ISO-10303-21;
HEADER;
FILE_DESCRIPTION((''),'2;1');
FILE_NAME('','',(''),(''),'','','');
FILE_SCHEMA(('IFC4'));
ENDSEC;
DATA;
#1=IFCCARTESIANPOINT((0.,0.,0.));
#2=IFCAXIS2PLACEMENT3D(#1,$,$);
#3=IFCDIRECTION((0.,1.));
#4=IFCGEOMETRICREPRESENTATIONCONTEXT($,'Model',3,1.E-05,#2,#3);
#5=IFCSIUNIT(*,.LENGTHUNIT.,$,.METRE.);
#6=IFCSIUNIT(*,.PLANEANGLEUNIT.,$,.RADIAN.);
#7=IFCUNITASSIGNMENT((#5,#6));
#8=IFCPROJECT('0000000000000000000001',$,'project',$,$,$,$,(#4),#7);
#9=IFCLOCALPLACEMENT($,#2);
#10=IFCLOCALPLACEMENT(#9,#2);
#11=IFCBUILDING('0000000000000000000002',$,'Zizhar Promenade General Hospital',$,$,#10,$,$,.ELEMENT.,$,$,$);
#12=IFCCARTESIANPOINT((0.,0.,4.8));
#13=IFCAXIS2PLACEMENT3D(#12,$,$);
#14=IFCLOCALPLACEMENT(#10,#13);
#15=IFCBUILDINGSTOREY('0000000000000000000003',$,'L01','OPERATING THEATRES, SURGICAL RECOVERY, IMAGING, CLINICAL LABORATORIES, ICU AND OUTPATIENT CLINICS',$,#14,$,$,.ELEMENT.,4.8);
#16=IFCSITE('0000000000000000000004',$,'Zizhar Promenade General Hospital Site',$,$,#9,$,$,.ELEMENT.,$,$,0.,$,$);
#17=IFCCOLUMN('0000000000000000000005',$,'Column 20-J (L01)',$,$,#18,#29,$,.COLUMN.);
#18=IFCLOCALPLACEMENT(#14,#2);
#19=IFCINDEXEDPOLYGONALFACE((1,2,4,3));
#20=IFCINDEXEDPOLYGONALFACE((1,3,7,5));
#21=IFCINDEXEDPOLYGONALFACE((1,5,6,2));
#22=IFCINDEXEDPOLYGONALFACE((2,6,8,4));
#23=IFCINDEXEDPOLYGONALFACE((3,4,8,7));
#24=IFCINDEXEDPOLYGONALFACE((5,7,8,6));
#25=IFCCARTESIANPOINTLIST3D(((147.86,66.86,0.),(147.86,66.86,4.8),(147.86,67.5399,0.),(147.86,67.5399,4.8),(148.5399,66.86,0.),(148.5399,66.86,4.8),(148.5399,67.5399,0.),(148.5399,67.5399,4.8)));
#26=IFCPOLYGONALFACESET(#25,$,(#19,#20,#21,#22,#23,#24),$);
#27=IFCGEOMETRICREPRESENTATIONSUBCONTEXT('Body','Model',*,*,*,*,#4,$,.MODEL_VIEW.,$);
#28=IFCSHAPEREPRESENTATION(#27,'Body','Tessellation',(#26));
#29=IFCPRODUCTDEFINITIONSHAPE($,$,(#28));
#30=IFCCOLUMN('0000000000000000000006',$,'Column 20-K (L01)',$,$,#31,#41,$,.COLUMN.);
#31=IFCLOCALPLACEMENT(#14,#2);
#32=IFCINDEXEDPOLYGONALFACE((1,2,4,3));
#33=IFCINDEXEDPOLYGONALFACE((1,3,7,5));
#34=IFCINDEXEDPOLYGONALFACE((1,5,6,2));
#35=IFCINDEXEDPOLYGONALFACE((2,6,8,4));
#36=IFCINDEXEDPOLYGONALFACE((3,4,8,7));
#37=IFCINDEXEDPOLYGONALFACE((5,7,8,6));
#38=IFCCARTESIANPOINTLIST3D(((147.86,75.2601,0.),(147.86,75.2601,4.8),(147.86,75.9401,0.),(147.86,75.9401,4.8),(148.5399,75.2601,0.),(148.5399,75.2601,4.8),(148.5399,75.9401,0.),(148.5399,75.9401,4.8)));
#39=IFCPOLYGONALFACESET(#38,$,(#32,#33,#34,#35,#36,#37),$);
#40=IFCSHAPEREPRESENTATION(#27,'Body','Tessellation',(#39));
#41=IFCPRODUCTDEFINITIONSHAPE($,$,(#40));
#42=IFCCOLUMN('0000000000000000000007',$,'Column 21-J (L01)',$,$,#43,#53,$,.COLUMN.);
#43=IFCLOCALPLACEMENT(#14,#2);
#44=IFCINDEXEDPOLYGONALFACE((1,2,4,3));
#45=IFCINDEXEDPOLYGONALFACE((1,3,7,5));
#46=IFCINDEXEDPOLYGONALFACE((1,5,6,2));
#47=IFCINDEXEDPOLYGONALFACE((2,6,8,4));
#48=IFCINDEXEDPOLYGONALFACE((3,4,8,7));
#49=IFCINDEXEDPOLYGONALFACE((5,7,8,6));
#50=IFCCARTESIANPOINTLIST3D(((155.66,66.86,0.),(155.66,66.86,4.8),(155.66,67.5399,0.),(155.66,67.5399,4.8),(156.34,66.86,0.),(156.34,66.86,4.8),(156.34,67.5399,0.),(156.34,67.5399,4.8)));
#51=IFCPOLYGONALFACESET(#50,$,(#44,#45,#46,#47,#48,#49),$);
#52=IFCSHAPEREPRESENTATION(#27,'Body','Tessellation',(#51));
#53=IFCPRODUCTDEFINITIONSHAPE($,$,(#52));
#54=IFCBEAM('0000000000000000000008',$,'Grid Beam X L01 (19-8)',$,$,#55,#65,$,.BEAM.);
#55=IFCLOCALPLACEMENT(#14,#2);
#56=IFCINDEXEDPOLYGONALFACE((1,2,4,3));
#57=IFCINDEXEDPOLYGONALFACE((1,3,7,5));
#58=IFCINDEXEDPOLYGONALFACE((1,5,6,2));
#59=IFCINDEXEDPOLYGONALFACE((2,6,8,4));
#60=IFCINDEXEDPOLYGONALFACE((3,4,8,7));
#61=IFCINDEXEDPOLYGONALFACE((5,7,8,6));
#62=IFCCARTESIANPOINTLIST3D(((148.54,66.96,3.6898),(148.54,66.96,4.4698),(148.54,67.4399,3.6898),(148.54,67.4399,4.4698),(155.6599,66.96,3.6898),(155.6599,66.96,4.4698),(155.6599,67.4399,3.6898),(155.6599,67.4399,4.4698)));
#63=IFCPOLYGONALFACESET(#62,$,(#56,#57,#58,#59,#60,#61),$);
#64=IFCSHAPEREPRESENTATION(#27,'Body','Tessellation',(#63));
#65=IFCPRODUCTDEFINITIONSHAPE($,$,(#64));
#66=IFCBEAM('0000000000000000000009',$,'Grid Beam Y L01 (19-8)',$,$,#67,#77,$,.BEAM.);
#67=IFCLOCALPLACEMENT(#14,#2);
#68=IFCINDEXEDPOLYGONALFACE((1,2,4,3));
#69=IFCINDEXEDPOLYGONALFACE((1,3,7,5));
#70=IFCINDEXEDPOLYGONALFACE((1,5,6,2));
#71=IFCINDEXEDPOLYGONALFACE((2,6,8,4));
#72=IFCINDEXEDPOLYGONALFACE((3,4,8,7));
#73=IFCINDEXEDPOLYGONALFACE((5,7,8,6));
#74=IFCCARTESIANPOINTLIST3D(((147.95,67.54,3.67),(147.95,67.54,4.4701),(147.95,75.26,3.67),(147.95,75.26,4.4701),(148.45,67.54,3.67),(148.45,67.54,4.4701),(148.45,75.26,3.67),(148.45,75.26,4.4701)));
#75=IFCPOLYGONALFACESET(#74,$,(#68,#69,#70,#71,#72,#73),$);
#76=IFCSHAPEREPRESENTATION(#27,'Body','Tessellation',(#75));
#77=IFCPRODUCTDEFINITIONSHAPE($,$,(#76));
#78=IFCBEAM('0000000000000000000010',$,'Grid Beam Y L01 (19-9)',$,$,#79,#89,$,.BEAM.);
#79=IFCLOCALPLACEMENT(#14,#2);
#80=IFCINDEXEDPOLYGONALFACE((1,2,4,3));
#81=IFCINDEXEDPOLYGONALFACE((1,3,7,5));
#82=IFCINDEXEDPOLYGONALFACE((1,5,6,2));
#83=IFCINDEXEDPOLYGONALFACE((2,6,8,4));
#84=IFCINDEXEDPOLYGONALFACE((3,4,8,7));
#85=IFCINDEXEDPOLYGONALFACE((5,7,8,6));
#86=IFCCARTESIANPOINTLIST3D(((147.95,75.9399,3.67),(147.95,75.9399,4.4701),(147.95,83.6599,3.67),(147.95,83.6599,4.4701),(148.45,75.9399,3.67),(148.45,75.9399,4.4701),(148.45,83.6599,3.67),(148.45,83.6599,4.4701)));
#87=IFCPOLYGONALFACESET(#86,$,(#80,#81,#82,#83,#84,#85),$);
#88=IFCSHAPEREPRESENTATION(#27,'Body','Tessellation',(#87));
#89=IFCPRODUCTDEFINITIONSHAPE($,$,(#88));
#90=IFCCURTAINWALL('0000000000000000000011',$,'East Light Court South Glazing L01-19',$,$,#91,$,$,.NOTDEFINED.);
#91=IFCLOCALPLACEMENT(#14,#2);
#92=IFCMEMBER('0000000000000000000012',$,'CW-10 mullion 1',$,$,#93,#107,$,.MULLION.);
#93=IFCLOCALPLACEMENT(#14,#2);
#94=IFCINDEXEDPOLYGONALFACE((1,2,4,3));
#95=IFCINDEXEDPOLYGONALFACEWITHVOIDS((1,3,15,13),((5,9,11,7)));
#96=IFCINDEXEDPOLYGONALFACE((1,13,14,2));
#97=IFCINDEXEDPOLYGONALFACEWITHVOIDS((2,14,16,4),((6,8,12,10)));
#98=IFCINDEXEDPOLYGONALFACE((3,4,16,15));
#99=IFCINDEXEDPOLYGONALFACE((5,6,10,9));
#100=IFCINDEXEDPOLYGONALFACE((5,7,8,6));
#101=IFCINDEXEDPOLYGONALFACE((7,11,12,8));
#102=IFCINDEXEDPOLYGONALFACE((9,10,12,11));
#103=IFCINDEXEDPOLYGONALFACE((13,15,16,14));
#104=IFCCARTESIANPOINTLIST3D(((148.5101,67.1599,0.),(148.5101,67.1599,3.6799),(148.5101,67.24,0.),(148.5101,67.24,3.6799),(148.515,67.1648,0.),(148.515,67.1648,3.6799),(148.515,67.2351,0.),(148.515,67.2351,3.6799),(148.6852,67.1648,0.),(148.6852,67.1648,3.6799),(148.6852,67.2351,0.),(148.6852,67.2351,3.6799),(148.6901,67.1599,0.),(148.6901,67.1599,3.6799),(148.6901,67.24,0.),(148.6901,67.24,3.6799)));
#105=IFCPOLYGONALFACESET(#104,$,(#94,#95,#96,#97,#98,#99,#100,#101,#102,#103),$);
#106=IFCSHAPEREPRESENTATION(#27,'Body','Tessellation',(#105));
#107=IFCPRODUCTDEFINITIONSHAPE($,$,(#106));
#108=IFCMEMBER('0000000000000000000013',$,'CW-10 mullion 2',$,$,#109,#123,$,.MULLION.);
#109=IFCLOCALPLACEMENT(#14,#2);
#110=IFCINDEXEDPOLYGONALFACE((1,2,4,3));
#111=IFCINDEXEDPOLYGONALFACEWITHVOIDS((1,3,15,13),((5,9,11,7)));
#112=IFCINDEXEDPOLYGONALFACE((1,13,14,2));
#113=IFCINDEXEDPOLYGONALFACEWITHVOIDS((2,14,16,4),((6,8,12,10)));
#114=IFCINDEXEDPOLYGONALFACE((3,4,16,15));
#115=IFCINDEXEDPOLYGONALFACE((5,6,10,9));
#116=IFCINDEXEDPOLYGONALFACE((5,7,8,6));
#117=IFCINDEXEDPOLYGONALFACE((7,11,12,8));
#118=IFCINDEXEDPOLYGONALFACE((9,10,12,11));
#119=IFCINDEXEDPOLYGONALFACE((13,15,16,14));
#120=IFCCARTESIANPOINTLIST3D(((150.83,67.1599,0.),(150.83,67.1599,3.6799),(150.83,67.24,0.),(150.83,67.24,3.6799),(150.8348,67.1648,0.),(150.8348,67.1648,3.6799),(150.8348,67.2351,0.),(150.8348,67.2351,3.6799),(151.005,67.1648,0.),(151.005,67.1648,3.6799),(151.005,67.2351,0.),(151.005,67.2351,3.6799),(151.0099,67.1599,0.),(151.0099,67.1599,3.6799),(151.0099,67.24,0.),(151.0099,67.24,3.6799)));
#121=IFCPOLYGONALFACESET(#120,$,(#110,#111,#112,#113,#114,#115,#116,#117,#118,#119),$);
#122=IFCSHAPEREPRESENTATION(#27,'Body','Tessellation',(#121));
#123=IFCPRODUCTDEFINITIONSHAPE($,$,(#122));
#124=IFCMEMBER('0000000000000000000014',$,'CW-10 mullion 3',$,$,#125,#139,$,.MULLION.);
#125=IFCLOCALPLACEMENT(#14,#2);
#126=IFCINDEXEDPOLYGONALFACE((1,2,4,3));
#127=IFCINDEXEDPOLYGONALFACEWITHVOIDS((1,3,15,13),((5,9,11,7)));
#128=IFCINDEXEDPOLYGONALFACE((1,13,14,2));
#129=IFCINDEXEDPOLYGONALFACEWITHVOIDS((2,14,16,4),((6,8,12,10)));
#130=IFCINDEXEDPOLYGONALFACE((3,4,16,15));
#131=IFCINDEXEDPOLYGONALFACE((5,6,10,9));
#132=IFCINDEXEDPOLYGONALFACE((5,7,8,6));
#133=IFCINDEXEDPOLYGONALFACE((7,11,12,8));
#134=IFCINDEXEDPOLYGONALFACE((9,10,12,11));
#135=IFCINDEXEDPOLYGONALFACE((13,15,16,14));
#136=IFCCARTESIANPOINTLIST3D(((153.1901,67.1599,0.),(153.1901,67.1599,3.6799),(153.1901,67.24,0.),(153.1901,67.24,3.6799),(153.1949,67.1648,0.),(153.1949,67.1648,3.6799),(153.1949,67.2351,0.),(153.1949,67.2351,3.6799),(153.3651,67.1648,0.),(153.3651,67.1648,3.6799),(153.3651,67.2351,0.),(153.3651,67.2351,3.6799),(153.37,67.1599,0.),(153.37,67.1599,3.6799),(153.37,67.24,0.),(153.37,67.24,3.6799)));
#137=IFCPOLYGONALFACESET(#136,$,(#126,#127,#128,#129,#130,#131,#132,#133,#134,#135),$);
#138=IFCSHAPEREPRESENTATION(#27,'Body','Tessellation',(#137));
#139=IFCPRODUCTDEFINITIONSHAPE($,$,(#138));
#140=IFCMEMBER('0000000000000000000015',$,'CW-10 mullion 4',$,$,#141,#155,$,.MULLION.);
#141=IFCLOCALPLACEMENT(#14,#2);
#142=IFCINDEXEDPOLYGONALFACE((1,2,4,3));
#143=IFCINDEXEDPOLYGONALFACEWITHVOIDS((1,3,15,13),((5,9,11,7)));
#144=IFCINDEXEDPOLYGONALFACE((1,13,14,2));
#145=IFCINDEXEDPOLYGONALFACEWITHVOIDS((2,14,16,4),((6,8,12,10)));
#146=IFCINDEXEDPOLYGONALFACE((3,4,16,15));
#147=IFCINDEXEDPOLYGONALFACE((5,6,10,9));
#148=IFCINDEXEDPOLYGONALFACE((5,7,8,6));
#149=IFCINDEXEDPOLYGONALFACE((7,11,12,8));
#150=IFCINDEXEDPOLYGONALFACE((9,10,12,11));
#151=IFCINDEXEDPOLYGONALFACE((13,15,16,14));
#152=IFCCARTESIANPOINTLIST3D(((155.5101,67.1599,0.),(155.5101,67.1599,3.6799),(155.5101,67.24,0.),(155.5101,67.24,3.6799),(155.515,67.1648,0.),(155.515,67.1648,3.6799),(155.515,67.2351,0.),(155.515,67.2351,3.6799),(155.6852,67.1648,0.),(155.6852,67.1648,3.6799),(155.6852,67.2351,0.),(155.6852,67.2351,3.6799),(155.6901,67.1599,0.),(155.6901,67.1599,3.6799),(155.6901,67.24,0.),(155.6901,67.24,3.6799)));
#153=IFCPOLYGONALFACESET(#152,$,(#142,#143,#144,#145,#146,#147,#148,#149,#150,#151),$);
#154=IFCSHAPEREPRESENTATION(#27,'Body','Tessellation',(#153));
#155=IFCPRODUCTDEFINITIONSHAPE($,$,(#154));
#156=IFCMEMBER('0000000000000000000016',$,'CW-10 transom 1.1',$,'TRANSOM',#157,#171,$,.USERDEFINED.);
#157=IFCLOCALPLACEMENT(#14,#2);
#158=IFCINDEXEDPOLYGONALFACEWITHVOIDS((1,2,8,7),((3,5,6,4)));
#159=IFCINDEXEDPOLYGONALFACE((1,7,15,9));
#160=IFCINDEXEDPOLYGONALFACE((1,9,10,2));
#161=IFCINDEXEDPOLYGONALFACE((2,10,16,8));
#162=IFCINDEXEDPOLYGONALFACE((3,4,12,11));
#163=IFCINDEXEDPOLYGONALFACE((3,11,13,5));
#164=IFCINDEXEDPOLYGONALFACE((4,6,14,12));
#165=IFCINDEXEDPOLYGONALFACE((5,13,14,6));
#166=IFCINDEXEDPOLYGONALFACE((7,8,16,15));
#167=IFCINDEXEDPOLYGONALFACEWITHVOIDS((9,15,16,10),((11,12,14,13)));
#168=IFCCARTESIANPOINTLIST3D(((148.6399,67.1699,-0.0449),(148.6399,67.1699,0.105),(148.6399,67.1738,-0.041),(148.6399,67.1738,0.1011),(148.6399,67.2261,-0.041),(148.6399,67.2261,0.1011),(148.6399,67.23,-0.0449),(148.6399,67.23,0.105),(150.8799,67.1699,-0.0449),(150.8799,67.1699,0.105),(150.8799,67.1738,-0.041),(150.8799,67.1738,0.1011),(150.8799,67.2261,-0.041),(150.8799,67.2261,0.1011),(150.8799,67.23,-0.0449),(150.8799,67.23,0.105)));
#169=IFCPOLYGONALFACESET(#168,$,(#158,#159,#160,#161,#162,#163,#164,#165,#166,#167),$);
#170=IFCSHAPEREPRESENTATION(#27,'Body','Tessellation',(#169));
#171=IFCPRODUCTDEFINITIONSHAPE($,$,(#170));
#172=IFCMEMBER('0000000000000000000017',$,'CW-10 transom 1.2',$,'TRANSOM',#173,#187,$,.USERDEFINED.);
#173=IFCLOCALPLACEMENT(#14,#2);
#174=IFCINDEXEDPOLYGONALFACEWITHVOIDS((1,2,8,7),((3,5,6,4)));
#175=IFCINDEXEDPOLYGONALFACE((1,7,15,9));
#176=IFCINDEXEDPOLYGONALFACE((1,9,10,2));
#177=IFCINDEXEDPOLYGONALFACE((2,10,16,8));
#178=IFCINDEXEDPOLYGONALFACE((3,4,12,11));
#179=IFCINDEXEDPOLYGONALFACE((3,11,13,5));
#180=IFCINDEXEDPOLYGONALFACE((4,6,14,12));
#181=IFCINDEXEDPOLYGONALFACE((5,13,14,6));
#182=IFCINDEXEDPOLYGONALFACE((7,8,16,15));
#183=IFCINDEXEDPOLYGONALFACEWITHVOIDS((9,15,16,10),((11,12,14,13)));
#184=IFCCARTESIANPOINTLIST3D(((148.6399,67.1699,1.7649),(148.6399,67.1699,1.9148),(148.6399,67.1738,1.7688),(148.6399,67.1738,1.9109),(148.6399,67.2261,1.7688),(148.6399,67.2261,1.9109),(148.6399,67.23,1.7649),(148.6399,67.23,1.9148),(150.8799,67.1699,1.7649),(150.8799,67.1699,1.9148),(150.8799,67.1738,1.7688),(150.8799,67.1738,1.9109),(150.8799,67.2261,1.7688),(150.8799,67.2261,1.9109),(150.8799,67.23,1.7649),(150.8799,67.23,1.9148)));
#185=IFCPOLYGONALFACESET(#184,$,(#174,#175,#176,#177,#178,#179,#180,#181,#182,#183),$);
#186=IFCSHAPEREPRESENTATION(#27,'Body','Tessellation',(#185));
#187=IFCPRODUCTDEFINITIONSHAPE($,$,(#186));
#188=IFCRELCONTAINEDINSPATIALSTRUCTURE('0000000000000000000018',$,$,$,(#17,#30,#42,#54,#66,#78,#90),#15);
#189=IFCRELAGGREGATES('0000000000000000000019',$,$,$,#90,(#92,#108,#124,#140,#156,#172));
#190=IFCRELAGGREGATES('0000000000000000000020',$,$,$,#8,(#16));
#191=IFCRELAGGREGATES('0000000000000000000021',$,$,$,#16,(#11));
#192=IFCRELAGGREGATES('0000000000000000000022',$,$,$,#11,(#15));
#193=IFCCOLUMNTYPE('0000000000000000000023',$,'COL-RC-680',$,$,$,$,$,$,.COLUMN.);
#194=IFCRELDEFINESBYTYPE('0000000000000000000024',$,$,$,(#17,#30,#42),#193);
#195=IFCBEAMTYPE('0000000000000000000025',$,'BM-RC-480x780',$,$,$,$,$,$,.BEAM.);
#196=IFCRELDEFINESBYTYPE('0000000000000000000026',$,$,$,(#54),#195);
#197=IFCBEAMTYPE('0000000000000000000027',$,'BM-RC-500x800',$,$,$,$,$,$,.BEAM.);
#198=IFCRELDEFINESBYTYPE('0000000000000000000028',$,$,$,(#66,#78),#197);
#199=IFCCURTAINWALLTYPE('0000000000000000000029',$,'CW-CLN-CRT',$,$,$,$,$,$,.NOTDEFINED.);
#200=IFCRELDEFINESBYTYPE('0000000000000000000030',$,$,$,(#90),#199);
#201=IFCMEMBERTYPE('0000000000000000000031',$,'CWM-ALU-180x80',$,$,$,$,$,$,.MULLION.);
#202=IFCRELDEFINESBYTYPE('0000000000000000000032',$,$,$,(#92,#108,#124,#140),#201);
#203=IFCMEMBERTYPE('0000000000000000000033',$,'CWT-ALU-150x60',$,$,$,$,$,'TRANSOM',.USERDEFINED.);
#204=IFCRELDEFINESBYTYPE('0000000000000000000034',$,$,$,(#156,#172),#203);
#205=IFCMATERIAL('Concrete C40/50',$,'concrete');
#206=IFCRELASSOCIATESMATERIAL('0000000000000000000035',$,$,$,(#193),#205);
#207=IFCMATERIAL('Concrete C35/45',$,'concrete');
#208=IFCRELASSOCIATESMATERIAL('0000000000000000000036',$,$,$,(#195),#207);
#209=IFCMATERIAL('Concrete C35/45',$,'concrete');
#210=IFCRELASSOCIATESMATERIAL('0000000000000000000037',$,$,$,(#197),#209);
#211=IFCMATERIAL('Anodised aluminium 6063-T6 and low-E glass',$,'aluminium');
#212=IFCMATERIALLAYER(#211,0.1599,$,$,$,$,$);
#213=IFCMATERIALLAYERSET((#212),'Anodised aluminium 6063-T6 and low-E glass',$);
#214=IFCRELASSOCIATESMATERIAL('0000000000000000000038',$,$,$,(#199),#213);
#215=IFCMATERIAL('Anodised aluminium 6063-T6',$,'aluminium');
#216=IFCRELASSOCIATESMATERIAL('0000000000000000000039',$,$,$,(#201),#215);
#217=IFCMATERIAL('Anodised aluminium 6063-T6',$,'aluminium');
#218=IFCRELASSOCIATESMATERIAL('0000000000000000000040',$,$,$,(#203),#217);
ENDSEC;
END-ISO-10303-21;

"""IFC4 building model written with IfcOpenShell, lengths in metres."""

from ifc_helpers import new_model, si_unit, direction, frame, origin, origin_2d, place, context, subcontext, project, spatial, rectangle, hollow_rectangle, extrude, material, layer, layer_set, material_profile, profile_set, type_object, element, aggregate, save


model = new_model("IFC4")

# Units and contexts
model_context = context("Model", 3, precision=1e-05, world=origin(), true_north=direction((0.0, 1.0)))
body_context = subcontext(model_context, "Body", "Model", "MODEL_VIEW")
ifc_project = project(units=[si_unit("LENGTHUNIT", "METRE"), si_unit("PLANEANGLEUNIT", "RADIAN")], contexts=[model_context])

# Site, building, storey
site_placement = place(None, origin())
site = spatial("IfcSite", under=ifc_project, at=site_placement, Name="Zizhar Promenade General Hospital Site", CompositionType="ELEMENT", RefElevation=0.0)
building_placement = place(site_placement, origin())
building = spatial("IfcBuilding", under=site, at=building_placement, Name="Zizhar Promenade General Hospital", CompositionType="ELEMENT")
storey_placement = place(building_placement, frame((0.0, 0.0, 4.8)))
storey = spatial("IfcBuildingStorey", under=building, at=storey_placement, Name="L01", Description="OPERATING THEATRES, SURGICAL RECOVERY, IMAGING, CLINICAL LABORATORIES, ICU AND OUTPATIENT CLINICS", CompositionType="ELEMENT", Elevation=4.8)

# Columns
ifc_material_1 = material(Name="Concrete C40/50", Category="concrete")
ifc_material_profile_1 = material_profile(ifc_material_1, rectangle(XDim=0.6799, YDim=0.6799, at=origin_2d()))
ifc_profile_set_1 = profile_set([ifc_material_profile_1], Name="Concrete C40/50")
column_type = type_object("IfcColumnType", Name="COL-RC-680", PredefinedType="COLUMN", material=ifc_profile_set_1)
for number, where, z_axis, x_axis, name in (
    (1, (148.2, 67.2, 0.0), (0.0, 0.0, 1.0), (1.0, 0.0, 0.0), "Column 20-J (L01)"),
    (2, (148.2, 75.6001, 0.0), (0.0, 0.0, 1.0), (1.0, 0.0, 0.0), "Column 20-K (L01)"),
    (3, (156.0, 67.2, 0.0), (0.0, 0.0, 1.0), (1.0, 0.0, 0.0), "Column 21-J (L01)"),
):
    element("IfcColumn", number, at=place(storey_placement, frame(where, z_axis=z_axis, x_axis=x_axis)), inside=storey, type_object=column_type, Name=name, PredefinedType="COLUMN", context=body_context, shape_type="SweptSolid", body=[
        extrude(rectangle(XDim=0.6799, YDim=0.6799, at=origin_2d()), origin(), (0.0, 0.0, 1.0), 4.8),
    ])

# Beams
ifc_material_2 = material(Name="Concrete C35/45", Category="concrete")
ifc_material_profile_2 = material_profile(ifc_material_2, rectangle(XDim=0.48, YDim=0.78, at=origin_2d()))
ifc_profile_set_2 = profile_set([ifc_material_profile_2], Name="Concrete C35/45")
beam_type_1 = type_object("IfcBeamType", Name="BM-RC-480x780", PredefinedType="BEAM", material=ifc_profile_set_2)
beam_placement = place(storey_placement, frame((148.54, 67.2, 4.0798), z_axis=(1.0, 0.0, 0.0), x_axis=(0.0, 1.0, 0.0)))
element("IfcBeam", 4, at=beam_placement, inside=storey, type_object=beam_type_1, Name="Grid Beam X L01 (19-8)", PredefinedType="BEAM", context=body_context, shape_type="SweptSolid", body=[
    extrude(rectangle(XDim=0.48, YDim=0.78, at=origin_2d()), origin(), (0.0, 0.0, 1.0), 7.1199),
])
ifc_material_3 = material(Name="Concrete C35/45", Category="concrete")
ifc_material_profile_3 = material_profile(ifc_material_3, rectangle(XDim=0.5, YDim=0.8, at=origin_2d()))
ifc_profile_set_3 = profile_set([ifc_material_profile_3], Name="Concrete C35/45")
beam_type_2 = type_object("IfcBeamType", Name="BM-RC-500x800", PredefinedType="BEAM", material=ifc_profile_set_3)
for number, where, z_axis, x_axis, name in (
    (5, (148.2, 67.54, 4.0701), (0.0, 1.0, 0.0), (-1.0, 0.0, 0.0), "Grid Beam Y L01 (19-8)"),
    (6, (148.2, 75.9399, 4.0701), (0.0, 1.0, 0.0), (-1.0, 0.0, 0.0), "Grid Beam Y L01 (19-9)"),
):
    element("IfcBeam", number, at=place(storey_placement, frame(where, z_axis=z_axis, x_axis=x_axis)), inside=storey, type_object=beam_type_2, Name=name, PredefinedType="BEAM", context=body_context, shape_type="SweptSolid", body=[
        extrude(rectangle(XDim=0.5, YDim=0.8, at=origin_2d()), origin(), (0.0, 0.0, 1.0), 7.72),
    ])

# Curtain wall, members
ifc_material_4 = material(Name="Anodised aluminium 6063-T6 and low-E glass", Category="aluminium")
ifc_layer_1 = layer(ifc_material_4, 0.1599)
ifc_layer_set_1 = layer_set([ifc_layer_1], Name="Anodised aluminium 6063-T6 and low-E glass")
curtain_wall_type = type_object("IfcCurtainWallType", Name="CW-CLN-CRT", PredefinedType="NOTDEFINED", material=ifc_layer_set_1)
curtain_wall_placement = place(storey_placement, origin())
curtain_wall = element("IfcCurtainWall", 7, at=curtain_wall_placement, inside=storey, type_object=curtain_wall_type, Name="East Light Court South Glazing L01-19", PredefinedType="NOTDEFINED")
ifc_material_5 = material(Name="Anodised aluminium 6063-T6", Category="aluminium")
ifc_material_profile_4 = material_profile(ifc_material_5, hollow_rectangle(XDim=0.0801, YDim=0.1799, WallThickness=0.0049, at=origin_2d()))
ifc_profile_set_4 = profile_set([ifc_material_profile_4], Name="Anodised aluminium 6063-T6")
member_type_1 = type_object("IfcMemberType", Name="CWM-ALU-180x80", PredefinedType="MULLION", material=ifc_profile_set_4)
member_1_placement = place(storey_placement, frame((148.6001, 67.2, 0.0), z_axis=(0.0, 0.0, 1.0), x_axis=(0.0, 1.0, 0.0)))
member_1 = element("IfcMember", 8, at=member_1_placement, type_object=member_type_1, Name="CW-10 mullion 1", PredefinedType="MULLION", context=body_context, shape_type="SweptSolid", body=[
    extrude(hollow_rectangle(XDim=0.0801, YDim=0.1799, WallThickness=0.0049, at=origin_2d()), origin(), (0.0, 0.0, 1.0), 3.6799),
])
member_2_placement = place(storey_placement, frame((150.9199, 67.2, 0.0), z_axis=(0.0, 0.0, 1.0), x_axis=(0.0, 1.0, 0.0)))
member_2 = element("IfcMember", 9, at=member_2_placement, type_object=member_type_1, Name="CW-10 mullion 2", PredefinedType="MULLION", context=body_context, shape_type="SweptSolid", body=[
    extrude(hollow_rectangle(XDim=0.0801, YDim=0.1799, WallThickness=0.0049, at=origin_2d()), origin(), (0.0, 0.0, 1.0), 3.6799),
])
member_3_placement = place(storey_placement, frame((153.28, 67.2, 0.0), z_axis=(0.0, 0.0, 1.0), x_axis=(0.0, 1.0, 0.0)))
member_3 = element("IfcMember", 10, at=member_3_placement, type_object=member_type_1, Name="CW-10 mullion 3", PredefinedType="MULLION", context=body_context, shape_type="SweptSolid", body=[
    extrude(hollow_rectangle(XDim=0.0801, YDim=0.1799, WallThickness=0.0049, at=origin_2d()), origin(), (0.0, 0.0, 1.0), 3.6799),
])
member_4_placement = place(storey_placement, frame((155.6001, 67.2, 0.0), z_axis=(0.0, 0.0, 1.0), x_axis=(0.0, 1.0, 0.0)))
member_4 = element("IfcMember", 11, at=member_4_placement, type_object=member_type_1, Name="CW-10 mullion 4", PredefinedType="MULLION", context=body_context, shape_type="SweptSolid", body=[
    extrude(hollow_rectangle(XDim=0.0801, YDim=0.1799, WallThickness=0.0049, at=origin_2d()), origin(), (0.0, 0.0, 1.0), 3.6799),
])
ifc_material_6 = material(Name="Anodised aluminium 6063-T6", Category="aluminium")
ifc_material_profile_5 = material_profile(ifc_material_6, hollow_rectangle(XDim=0.0601, YDim=0.1499, WallThickness=0.0039, at=origin_2d()))
ifc_profile_set_5 = profile_set([ifc_material_profile_5], Name="Anodised aluminium 6063-T6")
member_type_2 = type_object("IfcMemberType", Name="CWT-ALU-150x60", ElementType="TRANSOM", PredefinedType="USERDEFINED", material=ifc_profile_set_5)
member_5_placement = place(storey_placement, frame((148.6399, 67.2, 0.03), z_axis=(1.0, 0.0, 0.0), x_axis=(0.0, 1.0, 0.0)))
member_5 = element("IfcMember", 12, at=member_5_placement, type_object=member_type_2, Name="CW-10 transom 1.1", ObjectType="TRANSOM", PredefinedType="USERDEFINED", context=body_context, shape_type="SweptSolid", body=[
    extrude(hollow_rectangle(XDim=0.0601, YDim=0.1499, WallThickness=0.0039, at=origin_2d()), origin(), (0.0, 0.0, 1.0), 2.24),
])
member_6_placement = place(storey_placement, frame((148.6399, 67.2, 1.8398), z_axis=(1.0, 0.0, 0.0), x_axis=(0.0, 1.0, 0.0)))
member_6 = element("IfcMember", 13, at=member_6_placement, type_object=member_type_2, Name="CW-10 transom 1.2", ObjectType="TRANSOM", PredefinedType="USERDEFINED", context=body_context, shape_type="SweptSolid", body=[
    extrude(hollow_rectangle(XDim=0.0601, YDim=0.1499, WallThickness=0.0039, at=origin_2d()), origin(), (0.0, 0.0, 1.0), 2.24),
])
aggregate(curtain_wall, [member_1, member_2, member_3, member_4, member_5, member_6])

save(model, "model.ifc")
